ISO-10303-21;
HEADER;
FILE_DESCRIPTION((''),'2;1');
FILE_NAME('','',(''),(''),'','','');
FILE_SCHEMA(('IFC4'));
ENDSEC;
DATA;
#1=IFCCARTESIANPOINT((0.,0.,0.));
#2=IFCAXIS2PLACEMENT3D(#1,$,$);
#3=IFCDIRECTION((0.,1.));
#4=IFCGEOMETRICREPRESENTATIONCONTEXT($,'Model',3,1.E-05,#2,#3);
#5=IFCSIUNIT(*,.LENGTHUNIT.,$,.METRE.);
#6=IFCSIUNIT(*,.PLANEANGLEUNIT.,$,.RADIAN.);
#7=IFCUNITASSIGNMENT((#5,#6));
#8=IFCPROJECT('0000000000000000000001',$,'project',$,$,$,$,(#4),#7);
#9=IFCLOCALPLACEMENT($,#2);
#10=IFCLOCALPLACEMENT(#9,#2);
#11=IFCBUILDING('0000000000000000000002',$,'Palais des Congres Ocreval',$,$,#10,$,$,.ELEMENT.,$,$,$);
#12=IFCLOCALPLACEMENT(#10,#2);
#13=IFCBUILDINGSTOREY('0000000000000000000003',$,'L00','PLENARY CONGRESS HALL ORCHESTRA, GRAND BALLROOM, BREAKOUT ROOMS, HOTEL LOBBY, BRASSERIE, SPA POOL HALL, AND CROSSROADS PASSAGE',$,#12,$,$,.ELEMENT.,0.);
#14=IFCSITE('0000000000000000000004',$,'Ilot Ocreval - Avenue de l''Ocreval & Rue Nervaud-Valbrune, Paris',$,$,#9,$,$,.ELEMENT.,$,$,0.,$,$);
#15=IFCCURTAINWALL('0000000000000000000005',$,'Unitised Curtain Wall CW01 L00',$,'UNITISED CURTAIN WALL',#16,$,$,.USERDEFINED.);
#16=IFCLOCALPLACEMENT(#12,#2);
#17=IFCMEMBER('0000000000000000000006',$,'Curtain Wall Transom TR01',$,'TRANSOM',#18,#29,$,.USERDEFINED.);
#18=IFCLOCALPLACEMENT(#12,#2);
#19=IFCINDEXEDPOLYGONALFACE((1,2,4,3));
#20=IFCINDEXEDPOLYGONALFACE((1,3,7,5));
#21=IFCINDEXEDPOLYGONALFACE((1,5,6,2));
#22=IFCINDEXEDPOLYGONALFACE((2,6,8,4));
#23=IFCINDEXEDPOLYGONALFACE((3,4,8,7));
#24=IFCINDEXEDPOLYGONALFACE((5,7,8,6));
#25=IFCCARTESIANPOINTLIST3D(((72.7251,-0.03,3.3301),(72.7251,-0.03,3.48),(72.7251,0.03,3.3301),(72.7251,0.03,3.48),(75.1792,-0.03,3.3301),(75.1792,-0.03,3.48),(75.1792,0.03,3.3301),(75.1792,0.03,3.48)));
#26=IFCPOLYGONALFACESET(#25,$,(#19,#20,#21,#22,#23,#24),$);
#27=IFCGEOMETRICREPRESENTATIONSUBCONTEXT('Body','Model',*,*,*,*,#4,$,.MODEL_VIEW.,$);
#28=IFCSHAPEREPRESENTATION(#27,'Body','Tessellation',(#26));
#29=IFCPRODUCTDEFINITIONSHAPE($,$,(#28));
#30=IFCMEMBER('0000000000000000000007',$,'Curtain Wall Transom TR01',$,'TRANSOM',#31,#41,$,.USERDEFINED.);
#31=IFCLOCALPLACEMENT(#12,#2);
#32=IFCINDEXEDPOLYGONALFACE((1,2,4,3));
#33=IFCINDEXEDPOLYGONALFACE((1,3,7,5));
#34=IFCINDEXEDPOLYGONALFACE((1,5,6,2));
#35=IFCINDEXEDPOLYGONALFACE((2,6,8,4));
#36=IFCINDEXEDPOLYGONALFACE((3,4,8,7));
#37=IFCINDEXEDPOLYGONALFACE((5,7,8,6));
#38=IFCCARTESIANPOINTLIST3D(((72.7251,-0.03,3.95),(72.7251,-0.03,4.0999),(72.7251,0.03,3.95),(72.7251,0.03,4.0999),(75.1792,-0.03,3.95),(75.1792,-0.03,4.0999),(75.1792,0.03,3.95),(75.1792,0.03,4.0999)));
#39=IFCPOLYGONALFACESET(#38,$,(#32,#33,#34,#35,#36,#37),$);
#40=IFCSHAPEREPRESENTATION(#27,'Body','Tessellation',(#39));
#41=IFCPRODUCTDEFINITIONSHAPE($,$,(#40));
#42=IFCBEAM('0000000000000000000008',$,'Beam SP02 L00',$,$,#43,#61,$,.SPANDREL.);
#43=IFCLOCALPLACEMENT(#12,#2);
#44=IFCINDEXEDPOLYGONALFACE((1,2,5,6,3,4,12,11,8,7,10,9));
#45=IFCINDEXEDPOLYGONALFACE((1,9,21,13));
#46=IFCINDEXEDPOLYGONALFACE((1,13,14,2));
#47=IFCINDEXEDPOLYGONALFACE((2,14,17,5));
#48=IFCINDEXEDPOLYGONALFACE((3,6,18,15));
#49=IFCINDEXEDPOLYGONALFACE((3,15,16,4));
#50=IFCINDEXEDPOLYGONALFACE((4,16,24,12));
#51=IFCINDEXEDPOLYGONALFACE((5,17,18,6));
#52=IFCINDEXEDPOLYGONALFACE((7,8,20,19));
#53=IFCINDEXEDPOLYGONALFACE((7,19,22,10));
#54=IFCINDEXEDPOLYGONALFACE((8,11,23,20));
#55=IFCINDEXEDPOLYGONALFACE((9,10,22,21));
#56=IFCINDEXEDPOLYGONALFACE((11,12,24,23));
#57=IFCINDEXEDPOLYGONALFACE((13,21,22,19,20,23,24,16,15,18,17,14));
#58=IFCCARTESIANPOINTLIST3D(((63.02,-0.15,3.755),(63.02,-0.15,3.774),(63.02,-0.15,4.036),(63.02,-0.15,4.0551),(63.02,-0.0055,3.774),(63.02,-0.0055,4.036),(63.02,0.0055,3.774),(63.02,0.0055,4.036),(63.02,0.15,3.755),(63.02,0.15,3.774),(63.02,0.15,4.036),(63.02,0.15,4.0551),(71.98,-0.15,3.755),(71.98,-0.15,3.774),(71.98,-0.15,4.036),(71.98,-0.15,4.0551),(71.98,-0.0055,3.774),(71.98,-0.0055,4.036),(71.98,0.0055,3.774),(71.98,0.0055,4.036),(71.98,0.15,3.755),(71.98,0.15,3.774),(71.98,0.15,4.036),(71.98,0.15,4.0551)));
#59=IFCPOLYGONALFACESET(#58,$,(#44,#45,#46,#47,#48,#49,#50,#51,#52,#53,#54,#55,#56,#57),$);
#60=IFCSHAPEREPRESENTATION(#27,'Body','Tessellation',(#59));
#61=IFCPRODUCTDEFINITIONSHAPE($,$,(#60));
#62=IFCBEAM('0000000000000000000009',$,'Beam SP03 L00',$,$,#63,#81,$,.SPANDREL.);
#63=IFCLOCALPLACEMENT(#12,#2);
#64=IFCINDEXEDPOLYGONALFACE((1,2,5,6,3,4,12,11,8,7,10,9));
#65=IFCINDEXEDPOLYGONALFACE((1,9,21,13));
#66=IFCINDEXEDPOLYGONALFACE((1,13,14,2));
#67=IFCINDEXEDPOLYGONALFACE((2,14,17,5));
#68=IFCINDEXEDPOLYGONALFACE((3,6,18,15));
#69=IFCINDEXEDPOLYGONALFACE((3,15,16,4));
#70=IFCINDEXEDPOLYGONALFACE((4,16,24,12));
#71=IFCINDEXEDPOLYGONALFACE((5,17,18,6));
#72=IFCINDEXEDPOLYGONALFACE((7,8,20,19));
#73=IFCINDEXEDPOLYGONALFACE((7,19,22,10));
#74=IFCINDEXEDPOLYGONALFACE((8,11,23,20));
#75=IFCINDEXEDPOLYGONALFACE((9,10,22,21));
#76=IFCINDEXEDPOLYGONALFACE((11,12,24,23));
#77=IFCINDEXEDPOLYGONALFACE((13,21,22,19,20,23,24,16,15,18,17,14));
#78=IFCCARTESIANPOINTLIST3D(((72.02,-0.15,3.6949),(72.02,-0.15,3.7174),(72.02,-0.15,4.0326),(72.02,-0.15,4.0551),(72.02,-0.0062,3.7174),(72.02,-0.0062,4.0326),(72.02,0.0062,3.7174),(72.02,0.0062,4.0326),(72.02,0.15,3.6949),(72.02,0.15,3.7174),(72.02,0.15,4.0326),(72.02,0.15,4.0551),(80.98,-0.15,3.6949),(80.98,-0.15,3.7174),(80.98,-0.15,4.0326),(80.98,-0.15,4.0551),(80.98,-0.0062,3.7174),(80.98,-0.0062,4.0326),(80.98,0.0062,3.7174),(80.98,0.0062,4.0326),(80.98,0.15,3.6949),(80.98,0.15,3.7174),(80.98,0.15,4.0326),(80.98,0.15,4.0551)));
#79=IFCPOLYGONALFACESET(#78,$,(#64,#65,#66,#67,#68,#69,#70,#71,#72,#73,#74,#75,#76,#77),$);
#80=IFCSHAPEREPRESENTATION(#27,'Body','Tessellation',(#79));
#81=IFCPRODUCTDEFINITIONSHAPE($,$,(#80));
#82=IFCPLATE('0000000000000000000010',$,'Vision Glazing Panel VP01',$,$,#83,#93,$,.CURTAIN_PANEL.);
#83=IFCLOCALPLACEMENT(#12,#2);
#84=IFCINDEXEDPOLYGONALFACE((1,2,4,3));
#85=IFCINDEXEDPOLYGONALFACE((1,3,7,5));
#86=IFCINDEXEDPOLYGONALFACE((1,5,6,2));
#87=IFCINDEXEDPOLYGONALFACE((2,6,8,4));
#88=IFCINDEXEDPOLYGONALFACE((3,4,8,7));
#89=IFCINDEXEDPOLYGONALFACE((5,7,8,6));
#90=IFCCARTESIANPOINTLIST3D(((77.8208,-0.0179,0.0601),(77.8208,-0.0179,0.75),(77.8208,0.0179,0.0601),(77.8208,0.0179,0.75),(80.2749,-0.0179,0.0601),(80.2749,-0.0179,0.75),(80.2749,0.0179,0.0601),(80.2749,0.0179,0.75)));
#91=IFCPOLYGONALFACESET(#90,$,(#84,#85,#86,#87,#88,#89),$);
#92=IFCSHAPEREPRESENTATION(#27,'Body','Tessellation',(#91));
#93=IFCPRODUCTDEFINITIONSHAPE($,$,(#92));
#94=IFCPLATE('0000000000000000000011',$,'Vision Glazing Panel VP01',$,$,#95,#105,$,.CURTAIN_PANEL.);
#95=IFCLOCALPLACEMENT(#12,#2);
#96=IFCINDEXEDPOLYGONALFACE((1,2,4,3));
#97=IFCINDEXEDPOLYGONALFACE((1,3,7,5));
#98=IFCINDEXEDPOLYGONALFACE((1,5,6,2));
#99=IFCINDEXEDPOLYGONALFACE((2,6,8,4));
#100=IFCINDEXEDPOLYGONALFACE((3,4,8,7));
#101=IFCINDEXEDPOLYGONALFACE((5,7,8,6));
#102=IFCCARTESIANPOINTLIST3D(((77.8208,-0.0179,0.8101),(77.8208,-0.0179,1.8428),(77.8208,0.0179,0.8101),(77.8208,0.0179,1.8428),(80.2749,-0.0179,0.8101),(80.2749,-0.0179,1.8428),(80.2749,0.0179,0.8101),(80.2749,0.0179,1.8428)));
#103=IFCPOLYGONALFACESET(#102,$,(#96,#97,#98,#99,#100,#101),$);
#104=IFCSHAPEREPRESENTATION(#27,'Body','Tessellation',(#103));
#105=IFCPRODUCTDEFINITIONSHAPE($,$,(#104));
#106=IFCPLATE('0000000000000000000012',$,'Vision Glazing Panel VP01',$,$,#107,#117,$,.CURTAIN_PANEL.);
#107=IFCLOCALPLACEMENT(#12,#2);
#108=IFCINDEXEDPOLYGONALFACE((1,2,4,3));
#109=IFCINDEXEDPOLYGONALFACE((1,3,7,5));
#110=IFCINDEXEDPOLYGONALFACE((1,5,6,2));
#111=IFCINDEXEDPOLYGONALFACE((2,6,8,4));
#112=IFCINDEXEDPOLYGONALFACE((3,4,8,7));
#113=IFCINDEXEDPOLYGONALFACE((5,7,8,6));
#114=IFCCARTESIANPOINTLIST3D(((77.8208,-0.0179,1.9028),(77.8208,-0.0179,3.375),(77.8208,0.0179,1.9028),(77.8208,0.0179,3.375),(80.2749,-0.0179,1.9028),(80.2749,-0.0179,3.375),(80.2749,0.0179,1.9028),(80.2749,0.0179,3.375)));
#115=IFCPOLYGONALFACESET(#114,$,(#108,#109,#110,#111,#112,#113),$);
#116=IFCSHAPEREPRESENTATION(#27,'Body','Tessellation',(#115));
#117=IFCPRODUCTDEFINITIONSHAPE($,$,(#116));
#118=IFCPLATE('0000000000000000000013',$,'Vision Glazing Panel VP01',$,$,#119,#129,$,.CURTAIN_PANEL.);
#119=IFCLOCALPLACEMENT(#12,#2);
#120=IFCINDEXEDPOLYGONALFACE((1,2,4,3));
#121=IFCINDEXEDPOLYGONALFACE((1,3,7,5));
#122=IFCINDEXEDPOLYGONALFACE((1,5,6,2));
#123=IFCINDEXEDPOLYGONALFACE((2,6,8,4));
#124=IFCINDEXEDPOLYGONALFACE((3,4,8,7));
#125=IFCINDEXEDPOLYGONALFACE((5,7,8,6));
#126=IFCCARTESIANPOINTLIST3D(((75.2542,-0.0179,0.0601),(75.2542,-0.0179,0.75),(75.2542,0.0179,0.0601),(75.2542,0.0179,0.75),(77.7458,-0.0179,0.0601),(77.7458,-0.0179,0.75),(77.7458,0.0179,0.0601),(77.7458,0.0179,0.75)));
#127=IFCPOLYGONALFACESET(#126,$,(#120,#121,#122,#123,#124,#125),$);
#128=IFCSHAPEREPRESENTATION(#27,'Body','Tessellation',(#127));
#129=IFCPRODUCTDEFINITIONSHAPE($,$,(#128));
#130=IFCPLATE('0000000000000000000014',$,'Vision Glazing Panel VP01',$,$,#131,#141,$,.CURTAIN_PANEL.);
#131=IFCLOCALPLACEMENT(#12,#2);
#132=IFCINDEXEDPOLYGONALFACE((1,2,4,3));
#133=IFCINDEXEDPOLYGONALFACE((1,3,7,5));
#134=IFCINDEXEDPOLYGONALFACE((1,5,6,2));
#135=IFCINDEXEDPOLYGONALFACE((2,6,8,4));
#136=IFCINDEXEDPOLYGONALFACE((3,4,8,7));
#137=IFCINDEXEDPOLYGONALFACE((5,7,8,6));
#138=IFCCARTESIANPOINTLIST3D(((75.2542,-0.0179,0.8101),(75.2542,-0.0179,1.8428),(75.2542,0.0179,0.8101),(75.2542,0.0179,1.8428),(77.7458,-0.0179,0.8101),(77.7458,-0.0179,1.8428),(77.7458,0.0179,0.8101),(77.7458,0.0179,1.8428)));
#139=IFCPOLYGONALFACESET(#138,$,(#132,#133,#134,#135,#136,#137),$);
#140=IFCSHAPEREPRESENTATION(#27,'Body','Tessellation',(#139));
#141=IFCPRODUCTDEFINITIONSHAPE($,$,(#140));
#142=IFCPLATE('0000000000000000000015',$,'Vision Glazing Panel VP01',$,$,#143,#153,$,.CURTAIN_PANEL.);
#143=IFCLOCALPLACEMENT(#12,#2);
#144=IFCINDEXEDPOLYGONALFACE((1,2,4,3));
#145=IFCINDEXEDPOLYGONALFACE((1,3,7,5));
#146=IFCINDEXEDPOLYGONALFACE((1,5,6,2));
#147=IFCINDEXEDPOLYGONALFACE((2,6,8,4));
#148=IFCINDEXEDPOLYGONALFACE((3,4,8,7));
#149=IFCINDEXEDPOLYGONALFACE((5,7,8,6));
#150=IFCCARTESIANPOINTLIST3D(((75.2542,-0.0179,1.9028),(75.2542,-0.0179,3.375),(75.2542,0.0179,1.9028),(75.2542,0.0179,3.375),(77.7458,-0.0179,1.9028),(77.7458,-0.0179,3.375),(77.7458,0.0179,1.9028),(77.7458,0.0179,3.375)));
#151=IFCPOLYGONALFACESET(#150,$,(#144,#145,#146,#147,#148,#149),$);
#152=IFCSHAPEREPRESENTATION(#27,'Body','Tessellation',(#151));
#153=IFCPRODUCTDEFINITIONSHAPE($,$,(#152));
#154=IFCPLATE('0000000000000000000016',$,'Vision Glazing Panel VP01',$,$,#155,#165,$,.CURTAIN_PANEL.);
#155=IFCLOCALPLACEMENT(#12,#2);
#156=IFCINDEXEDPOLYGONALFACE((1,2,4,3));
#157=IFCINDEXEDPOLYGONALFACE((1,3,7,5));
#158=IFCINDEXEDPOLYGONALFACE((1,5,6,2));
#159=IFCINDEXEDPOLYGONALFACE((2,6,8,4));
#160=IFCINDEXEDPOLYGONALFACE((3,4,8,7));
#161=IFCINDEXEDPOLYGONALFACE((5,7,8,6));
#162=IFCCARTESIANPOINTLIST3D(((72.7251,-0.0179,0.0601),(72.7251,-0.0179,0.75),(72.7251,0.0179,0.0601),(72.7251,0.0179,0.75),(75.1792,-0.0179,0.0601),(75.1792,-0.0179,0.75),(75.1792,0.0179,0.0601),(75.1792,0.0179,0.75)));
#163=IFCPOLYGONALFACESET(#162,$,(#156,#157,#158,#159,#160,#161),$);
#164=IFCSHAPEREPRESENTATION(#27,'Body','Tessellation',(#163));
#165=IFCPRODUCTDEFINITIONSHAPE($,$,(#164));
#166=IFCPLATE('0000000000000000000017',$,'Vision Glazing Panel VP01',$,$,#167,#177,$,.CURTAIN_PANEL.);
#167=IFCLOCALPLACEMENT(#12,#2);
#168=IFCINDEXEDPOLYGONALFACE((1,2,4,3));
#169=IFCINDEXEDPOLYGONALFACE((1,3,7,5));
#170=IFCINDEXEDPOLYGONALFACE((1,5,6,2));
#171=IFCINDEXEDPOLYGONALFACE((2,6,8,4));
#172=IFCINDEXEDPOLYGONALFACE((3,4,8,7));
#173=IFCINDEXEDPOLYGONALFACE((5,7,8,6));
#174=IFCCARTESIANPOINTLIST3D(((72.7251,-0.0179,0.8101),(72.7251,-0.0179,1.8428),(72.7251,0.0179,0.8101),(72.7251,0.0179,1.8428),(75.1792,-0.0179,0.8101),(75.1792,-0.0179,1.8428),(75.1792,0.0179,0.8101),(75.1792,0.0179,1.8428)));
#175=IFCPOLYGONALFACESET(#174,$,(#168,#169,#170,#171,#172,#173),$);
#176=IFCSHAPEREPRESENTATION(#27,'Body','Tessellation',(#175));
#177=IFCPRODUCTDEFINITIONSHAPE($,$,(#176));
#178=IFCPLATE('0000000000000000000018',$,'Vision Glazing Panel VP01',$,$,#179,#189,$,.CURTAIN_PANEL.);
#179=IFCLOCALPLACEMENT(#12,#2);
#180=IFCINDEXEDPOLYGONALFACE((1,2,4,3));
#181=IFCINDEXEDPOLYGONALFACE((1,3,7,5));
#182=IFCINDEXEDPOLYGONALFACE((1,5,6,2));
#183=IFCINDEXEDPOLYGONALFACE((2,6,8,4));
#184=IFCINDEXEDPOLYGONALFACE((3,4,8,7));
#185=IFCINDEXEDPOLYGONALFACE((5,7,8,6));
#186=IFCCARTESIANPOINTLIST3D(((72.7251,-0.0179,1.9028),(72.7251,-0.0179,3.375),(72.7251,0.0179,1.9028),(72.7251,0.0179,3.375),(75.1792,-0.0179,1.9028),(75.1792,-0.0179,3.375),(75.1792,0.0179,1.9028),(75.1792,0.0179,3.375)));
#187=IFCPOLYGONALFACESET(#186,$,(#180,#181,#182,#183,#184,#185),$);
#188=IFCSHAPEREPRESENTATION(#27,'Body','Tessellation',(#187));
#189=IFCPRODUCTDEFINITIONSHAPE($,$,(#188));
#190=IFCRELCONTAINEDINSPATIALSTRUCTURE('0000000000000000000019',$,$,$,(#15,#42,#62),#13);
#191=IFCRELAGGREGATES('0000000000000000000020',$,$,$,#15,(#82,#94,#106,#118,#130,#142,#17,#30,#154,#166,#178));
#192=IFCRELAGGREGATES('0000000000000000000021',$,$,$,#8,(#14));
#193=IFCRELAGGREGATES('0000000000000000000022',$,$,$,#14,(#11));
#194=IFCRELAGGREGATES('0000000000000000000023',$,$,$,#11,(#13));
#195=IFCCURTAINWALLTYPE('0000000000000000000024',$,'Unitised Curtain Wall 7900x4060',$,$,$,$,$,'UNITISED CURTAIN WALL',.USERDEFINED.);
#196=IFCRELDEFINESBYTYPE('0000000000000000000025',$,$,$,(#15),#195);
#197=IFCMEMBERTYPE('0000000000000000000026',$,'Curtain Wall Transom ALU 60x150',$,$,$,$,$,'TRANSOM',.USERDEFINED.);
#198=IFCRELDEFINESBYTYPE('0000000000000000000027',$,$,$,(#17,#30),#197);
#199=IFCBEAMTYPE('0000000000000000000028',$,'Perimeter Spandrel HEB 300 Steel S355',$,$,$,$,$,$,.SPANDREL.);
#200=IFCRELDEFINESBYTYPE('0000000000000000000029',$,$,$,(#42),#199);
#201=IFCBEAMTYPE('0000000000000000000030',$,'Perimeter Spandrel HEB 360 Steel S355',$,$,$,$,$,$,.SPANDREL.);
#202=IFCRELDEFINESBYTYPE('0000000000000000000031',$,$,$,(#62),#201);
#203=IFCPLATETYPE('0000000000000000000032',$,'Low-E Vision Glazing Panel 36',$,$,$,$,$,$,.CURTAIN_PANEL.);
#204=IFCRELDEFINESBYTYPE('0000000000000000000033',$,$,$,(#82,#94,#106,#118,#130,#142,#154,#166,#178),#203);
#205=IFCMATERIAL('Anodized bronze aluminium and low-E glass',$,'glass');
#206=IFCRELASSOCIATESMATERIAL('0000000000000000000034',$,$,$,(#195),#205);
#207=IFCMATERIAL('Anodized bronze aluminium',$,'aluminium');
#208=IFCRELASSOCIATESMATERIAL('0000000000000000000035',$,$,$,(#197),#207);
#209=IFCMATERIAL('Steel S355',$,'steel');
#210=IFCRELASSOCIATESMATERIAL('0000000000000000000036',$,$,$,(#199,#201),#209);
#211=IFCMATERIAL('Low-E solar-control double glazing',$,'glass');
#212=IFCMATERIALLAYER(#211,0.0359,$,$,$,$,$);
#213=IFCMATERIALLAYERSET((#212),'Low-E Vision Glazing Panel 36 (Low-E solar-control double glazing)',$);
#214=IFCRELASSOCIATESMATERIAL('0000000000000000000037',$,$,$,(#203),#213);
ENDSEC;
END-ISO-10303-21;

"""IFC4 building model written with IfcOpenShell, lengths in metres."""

from ifc_helpers import new_model, si_unit, direction, frame, origin, origin_2d, place, context, subcontext, project, spatial, rectangle, i_section, extrude, material, layer, layer_set, material_profile, profile_set, type_object, element, aggregate, save


model = new_model("IFC4")

# Units and contexts
model_context = context("Model", 3, precision=1e-05, world=origin(), true_north=direction((0.0, 1.0)))
body_context = subcontext(model_context, "Body", "Model", "MODEL_VIEW")
ifc_project = project(units=[si_unit("LENGTHUNIT", "METRE"), si_unit("PLANEANGLEUNIT", "RADIAN")], contexts=[model_context])

# Site, building, storey
site_placement = place(None, origin())
site = spatial("IfcSite", under=ifc_project, at=site_placement, Name="Ilot Ocreval - Avenue de l'Ocreval & Rue Nervaud-Valbrune, Paris", CompositionType="ELEMENT", RefElevation=0.0)
building_placement = place(site_placement, origin())
building = spatial("IfcBuilding", under=site, at=building_placement, Name="Palais des Congres Ocreval", CompositionType="ELEMENT")
storey_placement = place(building_placement, origin())
storey = spatial("IfcBuildingStorey", under=building, at=storey_placement, Name="L00", Description="PLENARY CONGRESS HALL ORCHESTRA, GRAND BALLROOM, BREAKOUT ROOMS, HOTEL LOBBY, BRASSERIE, SPA POOL HALL, AND CROSSROADS PASSAGE", CompositionType="ELEMENT", Elevation=0.0)

# Curtain wall, members
ifc_material_1 = material(Name="Anodized bronze aluminium and low-E glass", Category="glass")
curtain_wall_type = type_object("IfcCurtainWallType", Name="Unitised Curtain Wall 7900x4060", ElementType="UNITISED CURTAIN WALL", PredefinedType="USERDEFINED", material=ifc_material_1)
curtain_wall_placement = place(storey_placement, origin())
curtain_wall = element("IfcCurtainWall", 1, at=curtain_wall_placement, inside=storey, type_object=curtain_wall_type, Name="Unitised Curtain Wall CW01 L00", ObjectType="UNITISED CURTAIN WALL", PredefinedType="USERDEFINED")
ifc_material_2 = material(Name="Anodized bronze aluminium", Category="aluminium")
ifc_material_profile_1 = material_profile(ifc_material_2, rectangle(XDim=0.0601, YDim=0.1499, at=origin_2d()), Name="ALU 60x150")
ifc_profile_set_1 = profile_set([ifc_material_profile_1], Name="Anodized bronze aluminium")
member_type_1 = type_object("IfcMemberType", Name="Curtain Wall Transom ALU 60x150", ElementType="TRANSOM", PredefinedType="USERDEFINED", material=ifc_profile_set_1)
member_1_placement = place(storey_placement, frame((75.1792, 0.0, 3.405), z_axis=(-1.0, 0.0, 0.0), x_axis=(0.0, -1.0, 0.0)))
member_1 = element("IfcMember", 2, at=member_1_placement, type_object=member_type_1, Name="Curtain Wall Transom TR01", ObjectType="TRANSOM", PredefinedType="USERDEFINED", context=body_context, shape_type="SweptSolid", body=[
    extrude(rectangle(XDim=0.0601, YDim=0.1499, at=origin_2d()), origin(), (0.0, 0.0, 1.0), 2.4541),
])
member_2_placement = place(storey_placement, frame((75.1792, 0.0, 4.0249), z_axis=(-1.0, 0.0, 0.0), x_axis=(0.0, -1.0, 0.0)))
member_2 = element("IfcMember", 3, at=member_2_placement, type_object=member_type_1, Name="Curtain Wall Transom TR01", ObjectType="TRANSOM", PredefinedType="USERDEFINED", context=body_context, shape_type="SweptSolid", body=[
    extrude(rectangle(XDim=0.0601, YDim=0.1499, at=origin_2d()), origin(), (0.0, 0.0, 1.0), 2.4541),
])

# Beams
ifc_material_3 = material(Name="Steel S355", Category="steel")
ifc_material_profile_2 = material_profile(ifc_material_3, i_section(OverallWidth=0.3, OverallDepth=0.3, WebThickness=0.011, FlangeThickness=0.019, at=origin_2d()), Name="HEB 300")
ifc_profile_set_2 = profile_set([ifc_material_profile_2], Name="Steel S355")
beam_type_1 = type_object("IfcBeamType", Name="Perimeter Spandrel HEB 300 Steel S355", PredefinedType="SPANDREL", material=ifc_profile_set_2)
beam_1_placement = place(storey_placement, frame((63.02, 0.0, 3.905), z_axis=(1.0, 0.0, 0.0), x_axis=(0.0, 1.0, 0.0)))
element("IfcBeam", 4, at=beam_1_placement, inside=storey, type_object=beam_type_1, Name="Beam SP02 L00", PredefinedType="SPANDREL", context=body_context, shape_type="SweptSolid", body=[
    extrude(i_section(OverallWidth=0.3, OverallDepth=0.3, WebThickness=0.011, FlangeThickness=0.019, at=origin_2d()), origin(), (0.0, 0.0, 1.0), 8.96),
])
ifc_material_profile_3 = material_profile(ifc_material_3, i_section(OverallWidth=0.3, OverallDepth=0.3601, WebThickness=0.0125, FlangeThickness=0.0225, at=origin_2d()), Name="HEB 360")
ifc_profile_set_3 = profile_set([ifc_material_profile_3], Name="Steel S355")
beam_type_2 = type_object("IfcBeamType", Name="Perimeter Spandrel HEB 360 Steel S355", PredefinedType="SPANDREL", material=ifc_profile_set_3)
beam_2_placement = place(storey_placement, frame((72.02, 0.0, 3.875), z_axis=(1.0, 0.0, 0.0), x_axis=(0.0, 1.0, 0.0)))
element("IfcBeam", 5, at=beam_2_placement, inside=storey, type_object=beam_type_2, Name="Beam SP03 L00", PredefinedType="SPANDREL", context=body_context, shape_type="SweptSolid", body=[
    extrude(i_section(OverallWidth=0.3, OverallDepth=0.3601, WebThickness=0.0125, FlangeThickness=0.0225, at=origin_2d()), origin(), (0.0, 0.0, 1.0), 8.96),
])

# Plates
ifc_material_4 = material(Name="Low-E solar-control double glazing", Category="glass")
ifc_layer_1 = layer(ifc_material_4, 0.0359)
ifc_layer_set_1 = layer_set([ifc_layer_1], Name="Low-E Vision Glazing Panel 36 (Low-E solar-control double glazing)")
plate_type_1 = type_object("IfcPlateType", Name="Low-E Vision Glazing Panel 36", PredefinedType="CURTAIN_PANEL", material=ifc_layer_set_1)
plate_1_placement = place(storey_placement, frame((79.0479, 0.0, 0.0601), z_axis=(0.0, 0.0, 1.0), x_axis=(-1.0, 0.0, 0.0)))
plate_1 = element("IfcPlate", 6, at=plate_1_placement, type_object=plate_type_1, Name="Vision Glazing Panel VP01", PredefinedType="CURTAIN_PANEL", context=body_context, shape_type="SweptSolid", body=[
    extrude(rectangle(XDim=2.4541, YDim=0.0359, at=origin_2d()), origin(), (0.0, 0.0, 1.0), 0.6899),
])
plate_2_placement = place(storey_placement, frame((79.0479, 0.0, 0.8101), z_axis=(0.0, 0.0, 1.0), x_axis=(-1.0, 0.0, 0.0)))
plate_2 = element("IfcPlate", 7, at=plate_2_placement, type_object=plate_type_1, Name="Vision Glazing Panel VP01", PredefinedType="CURTAIN_PANEL", context=body_context, shape_type="SweptSolid", body=[
    extrude(rectangle(XDim=2.4541, YDim=0.0359, at=origin_2d()), origin(), (0.0, 0.0, 1.0), 1.0327),
])
plate_3_placement = place(storey_placement, frame((79.0479, 0.0, 1.9028), z_axis=(0.0, 0.0, 1.0), x_axis=(-1.0, 0.0, 0.0)))
plate_3 = element("IfcPlate", 8, at=plate_3_placement, type_object=plate_type_1, Name="Vision Glazing Panel VP01", PredefinedType="CURTAIN_PANEL", context=body_context, shape_type="SweptSolid", body=[
    extrude(rectangle(XDim=2.4541, YDim=0.0359, at=origin_2d()), origin(), (0.0, 0.0, 1.0), 1.4722),
])
plate_4_placement = place(storey_placement, frame((76.5, 0.0, 0.0601), z_axis=(0.0, 0.0, 1.0), x_axis=(-1.0, 0.0, 0.0)))
plate_4 = element("IfcPlate", 9, at=plate_4_placement, type_object=plate_type_1, Name="Vision Glazing Panel VP01", PredefinedType="CURTAIN_PANEL", context=body_context, shape_type="SweptSolid", body=[
    extrude(rectangle(XDim=2.4917, YDim=0.0359, at=origin_2d()), origin(), (0.0, 0.0, 1.0), 0.6899),
])
plate_5_placement = place(storey_placement, frame((76.5, 0.0, 0.8101), z_axis=(0.0, 0.0, 1.0), x_axis=(-1.0, 0.0, 0.0)))
plate_5 = element("IfcPlate", 10, at=plate_5_placement, type_object=plate_type_1, Name="Vision Glazing Panel VP01", PredefinedType="CURTAIN_PANEL", context=body_context, shape_type="SweptSolid", body=[
    extrude(rectangle(XDim=2.4917, YDim=0.0359, at=origin_2d()), origin(), (0.0, 0.0, 1.0), 1.0327),
])
plate_6_placement = place(storey_placement, frame((76.5, 0.0, 1.9028), z_axis=(0.0, 0.0, 1.0), x_axis=(-1.0, 0.0, 0.0)))
plate_6 = element("IfcPlate", 11, at=plate_6_placement, type_object=plate_type_1, Name="Vision Glazing Panel VP01", PredefinedType="CURTAIN_PANEL", context=body_context, shape_type="SweptSolid", body=[
    extrude(rectangle(XDim=2.4917, YDim=0.0359, at=origin_2d()), origin(), (0.0, 0.0, 1.0), 1.4722),
])
plate_7_placement = place(storey_placement, frame((73.9521, 0.0, 0.0601), z_axis=(0.0, 0.0, 1.0), x_axis=(-1.0, 0.0, 0.0)))
plate_7 = element("IfcPlate", 12, at=plate_7_placement, type_object=plate_type_1, Name="Vision Glazing Panel VP01", PredefinedType="CURTAIN_PANEL", context=body_context, shape_type="SweptSolid", body=[
    extrude(rectangle(XDim=2.4541, YDim=0.0359, at=origin_2d()), origin(), (0.0, 0.0, 1.0), 0.6899),
])
plate_8_placement = place(storey_placement, frame((73.9521, 0.0, 0.8101), z_axis=(0.0, 0.0, 1.0), x_axis=(-1.0, 0.0, 0.0)))
plate_8 = element("IfcPlate", 13, at=plate_8_placement, type_object=plate_type_1, Name="Vision Glazing Panel VP01", PredefinedType="CURTAIN_PANEL", context=body_context, shape_type="SweptSolid", body=[
    extrude(rectangle(XDim=2.4541, YDim=0.0359, at=origin_2d()), origin(), (0.0, 0.0, 1.0), 1.0327),
])
plate_9_placement = place(storey_placement, frame((73.9521, 0.0, 1.9028), z_axis=(0.0, 0.0, 1.0), x_axis=(-1.0, 0.0, 0.0)))
plate_9 = element("IfcPlate", 14, at=plate_9_placement, type_object=plate_type_1, Name="Vision Glazing Panel VP01", PredefinedType="CURTAIN_PANEL", context=body_context, shape_type="SweptSolid", body=[
    extrude(rectangle(XDim=2.4541, YDim=0.0359, at=origin_2d()), origin(), (0.0, 0.0, 1.0), 1.4722),
])
aggregate(curtain_wall, [plate_1, plate_2, plate_3, plate_4, plate_5, plate_6, member_1, member_2, plate_7, plate_8, plate_9])

save(model, "model.ifc")
